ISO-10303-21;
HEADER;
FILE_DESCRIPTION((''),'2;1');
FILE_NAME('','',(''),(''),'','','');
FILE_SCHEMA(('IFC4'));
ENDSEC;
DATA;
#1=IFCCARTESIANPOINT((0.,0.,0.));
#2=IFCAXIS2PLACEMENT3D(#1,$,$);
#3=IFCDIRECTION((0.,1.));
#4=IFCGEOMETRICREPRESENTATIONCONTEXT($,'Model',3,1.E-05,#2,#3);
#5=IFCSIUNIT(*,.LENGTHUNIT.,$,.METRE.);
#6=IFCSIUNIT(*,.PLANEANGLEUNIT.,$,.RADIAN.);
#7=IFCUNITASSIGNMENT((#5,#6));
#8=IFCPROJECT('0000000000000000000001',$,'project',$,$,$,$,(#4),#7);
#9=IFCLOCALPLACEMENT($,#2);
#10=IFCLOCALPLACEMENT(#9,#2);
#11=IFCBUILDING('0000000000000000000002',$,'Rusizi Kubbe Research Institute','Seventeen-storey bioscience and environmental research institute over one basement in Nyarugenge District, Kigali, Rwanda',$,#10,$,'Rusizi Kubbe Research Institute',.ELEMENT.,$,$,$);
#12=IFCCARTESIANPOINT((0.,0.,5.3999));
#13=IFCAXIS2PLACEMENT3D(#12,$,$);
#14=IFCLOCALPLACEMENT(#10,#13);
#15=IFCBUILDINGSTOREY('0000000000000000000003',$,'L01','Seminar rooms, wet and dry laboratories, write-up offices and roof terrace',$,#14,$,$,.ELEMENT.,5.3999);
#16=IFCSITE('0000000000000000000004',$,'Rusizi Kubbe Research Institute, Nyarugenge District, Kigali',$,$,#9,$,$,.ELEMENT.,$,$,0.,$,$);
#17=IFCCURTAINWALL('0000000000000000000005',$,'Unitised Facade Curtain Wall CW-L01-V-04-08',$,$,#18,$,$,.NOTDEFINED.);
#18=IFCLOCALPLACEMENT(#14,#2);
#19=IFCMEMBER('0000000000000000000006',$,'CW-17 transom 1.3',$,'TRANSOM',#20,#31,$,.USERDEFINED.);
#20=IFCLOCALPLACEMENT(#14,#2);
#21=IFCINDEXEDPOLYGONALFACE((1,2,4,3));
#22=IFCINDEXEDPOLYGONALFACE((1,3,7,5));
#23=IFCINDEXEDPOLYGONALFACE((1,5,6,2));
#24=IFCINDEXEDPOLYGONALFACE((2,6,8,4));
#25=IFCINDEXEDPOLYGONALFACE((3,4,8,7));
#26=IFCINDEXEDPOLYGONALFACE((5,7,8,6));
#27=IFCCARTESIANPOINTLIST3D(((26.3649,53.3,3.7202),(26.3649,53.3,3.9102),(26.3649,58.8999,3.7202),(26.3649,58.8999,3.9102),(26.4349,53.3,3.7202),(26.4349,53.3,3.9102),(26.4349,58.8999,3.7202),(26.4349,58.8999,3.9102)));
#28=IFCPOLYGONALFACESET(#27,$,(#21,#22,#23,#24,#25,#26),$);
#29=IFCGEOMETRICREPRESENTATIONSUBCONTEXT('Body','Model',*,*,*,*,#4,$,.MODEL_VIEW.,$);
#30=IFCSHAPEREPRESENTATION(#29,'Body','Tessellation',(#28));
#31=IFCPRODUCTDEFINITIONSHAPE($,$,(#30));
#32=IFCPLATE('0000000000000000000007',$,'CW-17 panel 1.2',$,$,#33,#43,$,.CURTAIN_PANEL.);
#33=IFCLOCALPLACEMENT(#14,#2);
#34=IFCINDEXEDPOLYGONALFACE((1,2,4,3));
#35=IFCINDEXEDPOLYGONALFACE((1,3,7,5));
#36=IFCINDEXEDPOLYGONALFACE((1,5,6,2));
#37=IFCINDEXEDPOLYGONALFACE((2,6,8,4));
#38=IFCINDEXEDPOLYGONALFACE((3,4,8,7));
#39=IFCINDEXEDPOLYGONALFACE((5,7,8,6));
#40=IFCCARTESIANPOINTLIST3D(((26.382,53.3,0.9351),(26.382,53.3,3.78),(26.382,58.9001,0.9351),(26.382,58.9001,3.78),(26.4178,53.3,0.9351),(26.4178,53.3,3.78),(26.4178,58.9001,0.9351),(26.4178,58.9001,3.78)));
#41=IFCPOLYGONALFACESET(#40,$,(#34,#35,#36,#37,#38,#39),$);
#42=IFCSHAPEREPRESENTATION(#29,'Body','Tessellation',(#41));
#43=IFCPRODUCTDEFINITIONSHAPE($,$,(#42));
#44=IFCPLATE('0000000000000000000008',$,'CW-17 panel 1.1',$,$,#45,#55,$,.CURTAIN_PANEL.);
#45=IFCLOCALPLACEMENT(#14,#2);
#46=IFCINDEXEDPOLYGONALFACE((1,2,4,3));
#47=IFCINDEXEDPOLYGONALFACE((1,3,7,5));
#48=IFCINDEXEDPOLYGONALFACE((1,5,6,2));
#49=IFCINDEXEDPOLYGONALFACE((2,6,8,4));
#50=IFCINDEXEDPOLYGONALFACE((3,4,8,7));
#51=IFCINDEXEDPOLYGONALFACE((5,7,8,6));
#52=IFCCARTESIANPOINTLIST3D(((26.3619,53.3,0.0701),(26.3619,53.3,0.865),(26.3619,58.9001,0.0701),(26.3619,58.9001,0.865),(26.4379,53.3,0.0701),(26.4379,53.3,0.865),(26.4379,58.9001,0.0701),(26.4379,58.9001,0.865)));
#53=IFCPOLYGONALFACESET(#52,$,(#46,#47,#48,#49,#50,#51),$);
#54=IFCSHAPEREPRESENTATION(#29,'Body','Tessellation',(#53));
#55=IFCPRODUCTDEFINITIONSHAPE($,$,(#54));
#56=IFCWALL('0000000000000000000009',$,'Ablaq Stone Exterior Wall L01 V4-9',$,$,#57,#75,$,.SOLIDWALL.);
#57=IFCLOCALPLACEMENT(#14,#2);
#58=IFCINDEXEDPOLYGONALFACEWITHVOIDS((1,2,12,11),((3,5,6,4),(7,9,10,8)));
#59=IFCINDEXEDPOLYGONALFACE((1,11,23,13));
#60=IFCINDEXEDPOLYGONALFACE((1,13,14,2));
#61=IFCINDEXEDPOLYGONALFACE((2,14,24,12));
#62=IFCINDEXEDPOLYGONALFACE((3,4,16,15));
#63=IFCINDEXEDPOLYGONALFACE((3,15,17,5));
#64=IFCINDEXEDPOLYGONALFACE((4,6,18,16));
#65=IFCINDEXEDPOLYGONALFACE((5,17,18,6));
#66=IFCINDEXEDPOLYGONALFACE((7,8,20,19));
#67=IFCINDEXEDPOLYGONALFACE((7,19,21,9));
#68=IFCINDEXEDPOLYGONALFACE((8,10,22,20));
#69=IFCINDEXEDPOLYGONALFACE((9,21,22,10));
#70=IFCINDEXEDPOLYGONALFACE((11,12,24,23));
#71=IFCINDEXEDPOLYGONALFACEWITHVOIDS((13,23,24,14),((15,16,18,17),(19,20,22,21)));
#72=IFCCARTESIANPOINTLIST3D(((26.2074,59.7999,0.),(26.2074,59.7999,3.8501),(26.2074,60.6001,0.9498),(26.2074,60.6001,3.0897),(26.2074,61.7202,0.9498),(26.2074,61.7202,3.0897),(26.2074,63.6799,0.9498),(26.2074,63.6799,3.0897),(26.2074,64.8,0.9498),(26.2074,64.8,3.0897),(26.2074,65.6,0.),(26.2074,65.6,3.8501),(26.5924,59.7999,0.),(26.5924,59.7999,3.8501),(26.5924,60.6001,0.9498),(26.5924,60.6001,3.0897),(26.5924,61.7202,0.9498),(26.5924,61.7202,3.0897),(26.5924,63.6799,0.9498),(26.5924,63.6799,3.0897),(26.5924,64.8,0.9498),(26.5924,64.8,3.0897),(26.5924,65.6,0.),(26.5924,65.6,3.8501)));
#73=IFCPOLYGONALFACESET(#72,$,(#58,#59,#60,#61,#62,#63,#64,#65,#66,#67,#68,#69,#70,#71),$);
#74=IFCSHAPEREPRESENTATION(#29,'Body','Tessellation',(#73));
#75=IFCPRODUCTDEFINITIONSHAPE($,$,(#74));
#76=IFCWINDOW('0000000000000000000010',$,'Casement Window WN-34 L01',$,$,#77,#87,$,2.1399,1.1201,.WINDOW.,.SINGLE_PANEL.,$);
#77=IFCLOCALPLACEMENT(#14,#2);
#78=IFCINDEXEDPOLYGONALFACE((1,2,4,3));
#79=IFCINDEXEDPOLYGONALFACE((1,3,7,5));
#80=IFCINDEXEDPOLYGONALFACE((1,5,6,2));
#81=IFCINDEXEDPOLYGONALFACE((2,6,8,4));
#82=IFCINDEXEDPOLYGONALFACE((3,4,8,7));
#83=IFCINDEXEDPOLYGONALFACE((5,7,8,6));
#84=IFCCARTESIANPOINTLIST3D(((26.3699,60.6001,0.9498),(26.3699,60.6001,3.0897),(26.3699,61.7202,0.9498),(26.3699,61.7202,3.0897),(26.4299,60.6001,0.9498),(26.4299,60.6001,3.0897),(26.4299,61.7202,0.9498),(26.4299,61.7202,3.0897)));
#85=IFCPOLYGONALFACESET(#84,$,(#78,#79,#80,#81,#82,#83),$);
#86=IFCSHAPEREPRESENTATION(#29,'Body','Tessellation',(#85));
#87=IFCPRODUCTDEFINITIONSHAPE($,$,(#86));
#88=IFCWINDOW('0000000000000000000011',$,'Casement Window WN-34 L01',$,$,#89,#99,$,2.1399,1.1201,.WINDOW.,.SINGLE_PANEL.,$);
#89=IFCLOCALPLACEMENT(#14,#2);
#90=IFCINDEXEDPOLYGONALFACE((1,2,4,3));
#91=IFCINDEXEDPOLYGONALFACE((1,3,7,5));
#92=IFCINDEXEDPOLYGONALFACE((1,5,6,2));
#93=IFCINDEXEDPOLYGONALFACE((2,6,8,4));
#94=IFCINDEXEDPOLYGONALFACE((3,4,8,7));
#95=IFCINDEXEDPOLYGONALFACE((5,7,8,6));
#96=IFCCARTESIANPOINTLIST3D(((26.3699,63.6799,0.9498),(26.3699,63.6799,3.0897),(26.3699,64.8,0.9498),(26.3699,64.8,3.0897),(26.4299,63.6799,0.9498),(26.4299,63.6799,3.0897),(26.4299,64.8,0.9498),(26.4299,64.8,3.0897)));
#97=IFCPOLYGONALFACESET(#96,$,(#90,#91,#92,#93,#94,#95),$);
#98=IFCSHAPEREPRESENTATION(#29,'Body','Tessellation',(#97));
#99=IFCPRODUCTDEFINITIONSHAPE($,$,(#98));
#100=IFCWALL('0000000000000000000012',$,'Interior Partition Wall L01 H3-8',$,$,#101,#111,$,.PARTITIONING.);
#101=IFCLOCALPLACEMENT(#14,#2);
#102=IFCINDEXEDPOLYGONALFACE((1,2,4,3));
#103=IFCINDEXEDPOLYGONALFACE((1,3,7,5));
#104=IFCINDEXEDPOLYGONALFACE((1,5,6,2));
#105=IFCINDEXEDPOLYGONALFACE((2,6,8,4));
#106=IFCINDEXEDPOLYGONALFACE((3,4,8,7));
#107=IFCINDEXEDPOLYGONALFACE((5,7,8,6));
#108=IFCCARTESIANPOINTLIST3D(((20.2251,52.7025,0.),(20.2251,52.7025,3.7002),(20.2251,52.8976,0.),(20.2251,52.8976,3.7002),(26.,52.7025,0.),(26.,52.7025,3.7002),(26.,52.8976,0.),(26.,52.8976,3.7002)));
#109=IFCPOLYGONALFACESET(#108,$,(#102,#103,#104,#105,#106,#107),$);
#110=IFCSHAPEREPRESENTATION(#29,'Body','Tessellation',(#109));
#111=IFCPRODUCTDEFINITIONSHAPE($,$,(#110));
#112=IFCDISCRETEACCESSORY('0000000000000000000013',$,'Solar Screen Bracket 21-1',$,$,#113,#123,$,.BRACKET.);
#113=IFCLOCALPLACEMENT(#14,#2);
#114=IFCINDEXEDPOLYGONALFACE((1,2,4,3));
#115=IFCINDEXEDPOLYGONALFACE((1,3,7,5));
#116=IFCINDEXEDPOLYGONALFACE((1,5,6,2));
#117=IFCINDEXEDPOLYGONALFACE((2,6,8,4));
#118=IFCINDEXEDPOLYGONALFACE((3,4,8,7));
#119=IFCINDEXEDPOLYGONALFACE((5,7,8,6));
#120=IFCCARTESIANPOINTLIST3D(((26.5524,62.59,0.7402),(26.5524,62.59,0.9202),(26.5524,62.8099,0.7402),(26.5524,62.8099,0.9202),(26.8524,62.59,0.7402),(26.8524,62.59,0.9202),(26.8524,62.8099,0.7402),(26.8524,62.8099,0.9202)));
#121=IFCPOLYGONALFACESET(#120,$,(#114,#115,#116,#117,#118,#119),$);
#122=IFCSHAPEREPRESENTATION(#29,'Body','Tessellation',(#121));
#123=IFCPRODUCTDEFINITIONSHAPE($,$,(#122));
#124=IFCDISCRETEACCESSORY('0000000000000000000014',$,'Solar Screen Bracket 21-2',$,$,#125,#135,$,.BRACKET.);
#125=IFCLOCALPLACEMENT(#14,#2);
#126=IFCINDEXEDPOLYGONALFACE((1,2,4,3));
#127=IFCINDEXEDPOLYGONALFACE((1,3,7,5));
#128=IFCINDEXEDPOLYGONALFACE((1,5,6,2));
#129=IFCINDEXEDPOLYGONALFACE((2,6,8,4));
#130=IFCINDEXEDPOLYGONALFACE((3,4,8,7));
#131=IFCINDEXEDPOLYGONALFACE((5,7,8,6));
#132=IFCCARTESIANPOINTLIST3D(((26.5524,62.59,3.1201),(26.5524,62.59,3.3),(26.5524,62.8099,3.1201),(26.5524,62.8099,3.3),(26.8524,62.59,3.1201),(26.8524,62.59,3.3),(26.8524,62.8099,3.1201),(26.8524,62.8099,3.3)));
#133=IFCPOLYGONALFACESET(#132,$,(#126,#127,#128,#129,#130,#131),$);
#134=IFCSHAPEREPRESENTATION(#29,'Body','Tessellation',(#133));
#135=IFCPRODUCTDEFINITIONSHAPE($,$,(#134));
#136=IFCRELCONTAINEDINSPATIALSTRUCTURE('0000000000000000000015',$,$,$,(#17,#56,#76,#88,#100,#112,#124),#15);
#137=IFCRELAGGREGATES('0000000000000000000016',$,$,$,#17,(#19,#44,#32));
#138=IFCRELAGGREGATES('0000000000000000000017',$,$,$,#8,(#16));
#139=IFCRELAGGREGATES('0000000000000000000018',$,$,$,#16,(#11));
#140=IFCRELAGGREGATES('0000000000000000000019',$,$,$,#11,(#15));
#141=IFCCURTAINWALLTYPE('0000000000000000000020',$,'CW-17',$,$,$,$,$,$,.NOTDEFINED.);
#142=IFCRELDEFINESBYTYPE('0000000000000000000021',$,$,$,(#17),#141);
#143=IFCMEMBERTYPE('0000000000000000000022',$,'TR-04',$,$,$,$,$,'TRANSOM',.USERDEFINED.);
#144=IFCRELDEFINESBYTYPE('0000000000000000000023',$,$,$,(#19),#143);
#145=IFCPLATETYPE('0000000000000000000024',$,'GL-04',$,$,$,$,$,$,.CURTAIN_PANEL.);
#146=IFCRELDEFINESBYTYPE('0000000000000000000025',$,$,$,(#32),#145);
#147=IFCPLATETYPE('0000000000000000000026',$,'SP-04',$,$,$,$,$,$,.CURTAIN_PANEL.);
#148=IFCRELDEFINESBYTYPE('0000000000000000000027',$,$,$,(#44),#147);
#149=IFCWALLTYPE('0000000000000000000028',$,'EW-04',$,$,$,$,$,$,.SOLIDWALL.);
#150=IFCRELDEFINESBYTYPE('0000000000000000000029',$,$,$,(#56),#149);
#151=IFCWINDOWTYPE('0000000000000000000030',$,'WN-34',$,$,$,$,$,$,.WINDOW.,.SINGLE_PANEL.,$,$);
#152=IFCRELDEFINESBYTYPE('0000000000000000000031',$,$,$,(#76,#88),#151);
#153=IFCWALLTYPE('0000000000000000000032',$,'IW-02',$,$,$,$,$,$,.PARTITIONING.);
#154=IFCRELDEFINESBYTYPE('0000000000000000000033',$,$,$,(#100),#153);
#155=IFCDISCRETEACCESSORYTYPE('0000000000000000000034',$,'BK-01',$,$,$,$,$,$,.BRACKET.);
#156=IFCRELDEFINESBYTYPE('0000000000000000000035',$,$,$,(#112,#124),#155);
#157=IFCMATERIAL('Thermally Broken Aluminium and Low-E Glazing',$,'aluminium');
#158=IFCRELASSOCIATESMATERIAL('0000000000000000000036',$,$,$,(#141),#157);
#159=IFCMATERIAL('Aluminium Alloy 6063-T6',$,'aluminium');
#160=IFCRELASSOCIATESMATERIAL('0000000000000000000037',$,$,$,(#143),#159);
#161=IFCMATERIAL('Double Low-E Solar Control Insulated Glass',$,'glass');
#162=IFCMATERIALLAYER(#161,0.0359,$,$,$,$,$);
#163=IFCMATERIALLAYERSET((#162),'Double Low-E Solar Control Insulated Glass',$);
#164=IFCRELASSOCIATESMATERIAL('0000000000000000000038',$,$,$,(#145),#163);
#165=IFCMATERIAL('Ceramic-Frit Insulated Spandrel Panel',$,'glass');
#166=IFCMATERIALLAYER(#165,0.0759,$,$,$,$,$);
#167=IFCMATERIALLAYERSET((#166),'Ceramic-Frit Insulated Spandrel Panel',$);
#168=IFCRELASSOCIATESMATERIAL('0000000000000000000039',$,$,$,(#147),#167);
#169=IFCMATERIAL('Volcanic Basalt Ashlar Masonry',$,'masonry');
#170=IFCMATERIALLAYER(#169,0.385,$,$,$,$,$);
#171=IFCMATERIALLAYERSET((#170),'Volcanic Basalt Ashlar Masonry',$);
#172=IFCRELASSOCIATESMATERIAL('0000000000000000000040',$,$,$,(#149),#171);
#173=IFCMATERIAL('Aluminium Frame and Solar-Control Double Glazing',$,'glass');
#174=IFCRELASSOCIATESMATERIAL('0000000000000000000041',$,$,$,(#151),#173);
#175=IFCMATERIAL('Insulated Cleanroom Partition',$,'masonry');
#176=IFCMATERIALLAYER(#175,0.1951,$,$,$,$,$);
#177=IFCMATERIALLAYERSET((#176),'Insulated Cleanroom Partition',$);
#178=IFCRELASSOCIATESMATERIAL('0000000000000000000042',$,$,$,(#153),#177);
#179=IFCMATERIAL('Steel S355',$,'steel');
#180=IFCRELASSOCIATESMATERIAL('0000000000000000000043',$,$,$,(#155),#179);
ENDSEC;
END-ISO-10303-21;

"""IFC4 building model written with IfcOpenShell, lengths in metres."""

from ifc_helpers import new_model, si_unit, direction, frame, frame_2d, origin, origin_2d, place, context, subcontext, project, spatial, rectangle, extrude, material, layer, layer_set, material_profile, profile_set, type_object, element, fill, aggregate, save


model = new_model("IFC4")

# Units and contexts
model_context = context("Model", 3, precision=1e-05, world=origin(), true_north=direction((0.0, 1.0)))
body_context = subcontext(model_context, "Body", "Model", "MODEL_VIEW")
ifc_project = project(units=[si_unit("LENGTHUNIT", "METRE"), si_unit("PLANEANGLEUNIT", "RADIAN")], contexts=[model_context])

# Site, building, storey
site_placement = place(None, origin())
site = spatial("IfcSite", under=ifc_project, at=site_placement, Name="Rusizi Kubbe Research Institute, Nyarugenge District, Kigali", CompositionType="ELEMENT", RefElevation=0.0)
building_placement = place(site_placement, origin())
building = spatial("IfcBuilding", under=site, at=building_placement, Name="Rusizi Kubbe Research Institute", Description="Seventeen-storey bioscience and environmental research institute over one basement in Nyarugenge District, Kigali, Rwanda", LongName="Rusizi Kubbe Research Institute", CompositionType="ELEMENT")
storey_placement = place(building_placement, frame((0.0, 0.0, 5.3999)))
storey = spatial("IfcBuildingStorey", under=building, at=storey_placement, Name="L01", Description="Seminar rooms, wet and dry laboratories, write-up offices and roof terrace", CompositionType="ELEMENT", Elevation=5.3999)

# Curtain wall, member, plates
ifc_material_1 = material(Name="Thermally Broken Aluminium and Low-E Glazing", Category="aluminium")
curtain_wall_type = type_object("IfcCurtainWallType", Name="CW-17", PredefinedType="NOTDEFINED", material=ifc_material_1)
curtain_wall_placement = place(storey_placement, origin())
curtain_wall = element("IfcCurtainWall", 1, at=curtain_wall_placement, inside=storey, type_object=curtain_wall_type, Name="Unitised Facade Curtain Wall CW-L01-V-04-08", PredefinedType="NOTDEFINED")
ifc_material_2 = material(Name="Aluminium Alloy 6063-T6", Category="aluminium")
ifc_material_profile_1 = material_profile(ifc_material_2, rectangle(XDim=0.0701, YDim=0.1899, at=origin_2d()), Name="ALU-T 70x190")
ifc_profile_set_1 = profile_set([ifc_material_profile_1], Name="Aluminium Alloy 6063-T6")
member_type_1 = type_object("IfcMemberType", Name="TR-04", ElementType="TRANSOM", PredefinedType="USERDEFINED", material=ifc_profile_set_1)
member_1_placement = place(storey_placement, frame((26.3999, 53.3, 3.8152), z_axis=(0.0, 1.0, 0.0), x_axis=(-1.0, 0.0, 0.0)))
member_1 = element("IfcMember", 2, at=member_1_placement, type_object=member_type_1, Name="CW-17 transom 1.3", ObjectType="TRANSOM", PredefinedType="USERDEFINED", context=body_context, shape_type="SweptSolid", body=[
    extrude(rectangle(XDim=0.0701, YDim=0.1899, at=origin_2d()), origin(), (0.0, 0.0, 1.0), 5.5999),
])
ifc_material_3 = material(Name="Double Low-E Solar Control Insulated Glass", Category="glass")
ifc_layer_1 = layer(ifc_material_3, 0.0359)
ifc_layer_set_1 = layer_set([ifc_layer_1], Name="Double Low-E Solar Control Insulated Glass")
plate_type_1 = type_object("IfcPlateType", Name="GL-04", PredefinedType="CURTAIN_PANEL", material=ifc_layer_set_1)
plate_1_placement = place(storey_placement, frame((26.3999, 56.1001, 0.9351), z_axis=(0.0, 0.0, 1.0), x_axis=(0.0, 1.0, 0.0)))
plate_1 = element("IfcPlate", 3, at=plate_1_placement, type_object=plate_type_1, Name="CW-17 panel 1.2", PredefinedType="CURTAIN_PANEL", context=body_context, shape_type="SweptSolid", body=[
    extrude(rectangle(XDim=5.6001, YDim=0.0359, at=origin_2d()), origin(), (0.0, 0.0, 1.0), 2.845),
])
ifc_material_4 = material(Name="Ceramic-Frit Insulated Spandrel Panel", Category="glass")
ifc_layer_2 = layer(ifc_material_4, 0.0759)
ifc_layer_set_2 = layer_set([ifc_layer_2], Name="Ceramic-Frit Insulated Spandrel Panel")
plate_type_2 = type_object("IfcPlateType", Name="SP-04", PredefinedType="CURTAIN_PANEL", material=ifc_layer_set_2)
plate_2_placement = place(storey_placement, frame((26.3999, 56.1001, 0.0701), z_axis=(0.0, 0.0, 1.0), x_axis=(0.0, 1.0, 0.0)))
plate_2 = element("IfcPlate", 4, at=plate_2_placement, type_object=plate_type_2, Name="CW-17 panel 1.1", PredefinedType="CURTAIN_PANEL", context=body_context, shape_type="SweptSolid", body=[
    extrude(rectangle(XDim=5.6001, YDim=0.0759, at=origin_2d()), origin(), (0.0, 0.0, 1.0), 0.7949),
])
aggregate(curtain_wall, [member_1, plate_2, plate_1])

# Wall, openings, windows
ifc_material_5 = material(Name="Volcanic Basalt Ashlar Masonry", Category="masonry")
ifc_layer_3 = layer(ifc_material_5, 0.385)
ifc_layer_set_3 = layer_set([ifc_layer_3], Name="Volcanic Basalt Ashlar Masonry")
wall_type_1 = type_object("IfcWallType", Name="EW-04", PredefinedType="SOLIDWALL", material=ifc_layer_set_3)
wall_1_placement = place(storey_placement, frame((26.3999, 59.8, 0.0), z_axis=(0.0, 0.0, 1.0), x_axis=(0.0, 1.0, 0.0)))
wall_1 = element("IfcWall", 5, at=wall_1_placement, inside=storey, type_object=wall_type_1, Name="Ablaq Stone Exterior Wall L01 V4-9", PredefinedType="SOLIDWALL", context=body_context, shape_type="SweptSolid", body=[
    extrude(rectangle(XDim=5.8, YDim=0.385, at=frame_2d((2.8999, 0.0))), origin(), (0.0, 0.0, 1.0), 3.8501),
])
opening_1_placement = place(wall_1_placement, frame((0.8, 0.0, 0.95)))
opening_1 = element("IfcOpeningElement", 6, at=opening_1_placement, cuts=wall_1, PredefinedType="OPENING", context=body_context, shape_type="SweptSolid", body=[
    extrude(rectangle(XDim=1.1201, YDim=2.1399, at=frame_2d((0.5601, 1.0698))), frame((0.0, 0.2024, 0.0), z_axis=(0.0, -1.0, 0.0), x_axis=(1.0, 0.0, 0.0)), (0.0, 0.0, 1.0), 0.405),
])
opening_2_placement = place(wall_1_placement, frame((3.8799, 0.0, 0.95)))
opening_2 = element("IfcOpeningElement", 7, at=opening_2_placement, cuts=wall_1, PredefinedType="OPENING", context=body_context, shape_type="SweptSolid", body=[
    extrude(rectangle(XDim=1.1201, YDim=2.1399, at=frame_2d((0.5601, 1.0698))), frame((0.0, 0.2024, 0.0), z_axis=(0.0, -1.0, 0.0), x_axis=(1.0, 0.0, 0.0)), (0.0, 0.0, 1.0), 0.405),
])
ifc_material_6 = material(Name="Aluminium Frame and Solar-Control Double Glazing", Category="glass")
window_type = type_object("IfcWindowType", Name="WN-34", PartitioningType="SINGLE_PANEL", PredefinedType="WINDOW", material=ifc_material_6)
window_1_placement = place(opening_1_placement, origin())
window_1 = element("IfcWindow", 8, at=window_1_placement, inside=storey, type_object=window_type, Name="Casement Window WN-34 L01", OverallHeight=2.1399, OverallWidth=1.1201, PartitioningType="SINGLE_PANEL", PredefinedType="WINDOW", context=body_context, shape_type="SweptSolid", body=[
    extrude(rectangle(XDim=1.1201, YDim=2.1399, at=frame_2d((0.5601, 1.0698))), frame((0.0, 0.03, 0.0), z_axis=(0.0, -1.0, 0.0), x_axis=(1.0, 0.0, 0.0)), (0.0, 0.0, 1.0), 0.0601),
])
fill(opening_1, window_1)
window_2_placement = place(opening_2_placement, origin())
window_2 = element("IfcWindow", 9, at=window_2_placement, inside=storey, type_object=window_type, Name="Casement Window WN-34 L01", OverallHeight=2.1399, OverallWidth=1.1201, PartitioningType="SINGLE_PANEL", PredefinedType="WINDOW", context=body_context, shape_type="SweptSolid", body=[
    extrude(rectangle(XDim=1.1201, YDim=2.1399, at=frame_2d((0.5601, 1.0698))), frame((0.0, 0.03, 0.0), z_axis=(0.0, -1.0, 0.0), x_axis=(1.0, 0.0, 0.0)), (0.0, 0.0, 1.0), 0.0601),
])
fill(opening_2, window_2)

# Wall
ifc_material_7 = material(Name="Insulated Cleanroom Partition", Category="masonry")
ifc_layer_4 = layer(ifc_material_7, 0.1951)
ifc_layer_set_4 = layer_set([ifc_layer_4], Name="Insulated Cleanroom Partition")
wall_type_2 = type_object("IfcWallType", Name="IW-02", PredefinedType="PARTITIONING", material=ifc_layer_set_4)
wall_2_placement = place(storey_placement, frame((20.2251, 52.8, 0.0), z_axis=(0.0, 0.0, 1.0), x_axis=(1.0, 0.0, 0.0)))
element("IfcWall", 10, at=wall_2_placement, inside=storey, type_object=wall_type_2, Name="Interior Partition Wall L01 H3-8", PredefinedType="PARTITIONING", context=body_context, shape_type="SweptSolid", body=[
    extrude(rectangle(XDim=5.7749, YDim=0.1951, at=frame_2d((2.8875, 0.0))), origin(), (0.0, 0.0, 1.0), 3.7002),
])

# Discrete accessories
ifc_material_8 = material(Name="Steel S355", Category="steel")
discrete_accessory_type = type_object("IfcDiscreteAccessoryType", Name="BK-01", PredefinedType="BRACKET", material=ifc_material_8)
for number, where, z_axis, x_axis, name in (
    (11, (26.7024, 62.7, 0.7402), (0.0, 0.0, 1.0), (1.0, 0.0, 0.0), "Solar Screen Bracket 21-1"),
    (12, (26.7024, 62.7, 3.1201), (0.0, 0.0, 1.0), (1.0, 0.0, 0.0), "Solar Screen Bracket 21-2"),
):
    element("IfcDiscreteAccessory", number, at=place(storey_placement, frame(where, z_axis=z_axis, x_axis=x_axis)), inside=storey, type_object=discrete_accessory_type, Name=name, PredefinedType="BRACKET", context=body_context, shape_type="SweptSolid", body=[
        extrude(rectangle(XDim=0.3, YDim=0.22, at=origin_2d()), origin(), (0.0, 0.0, 1.0), 0.1799),
    ])

save(model, "model.ifc")
